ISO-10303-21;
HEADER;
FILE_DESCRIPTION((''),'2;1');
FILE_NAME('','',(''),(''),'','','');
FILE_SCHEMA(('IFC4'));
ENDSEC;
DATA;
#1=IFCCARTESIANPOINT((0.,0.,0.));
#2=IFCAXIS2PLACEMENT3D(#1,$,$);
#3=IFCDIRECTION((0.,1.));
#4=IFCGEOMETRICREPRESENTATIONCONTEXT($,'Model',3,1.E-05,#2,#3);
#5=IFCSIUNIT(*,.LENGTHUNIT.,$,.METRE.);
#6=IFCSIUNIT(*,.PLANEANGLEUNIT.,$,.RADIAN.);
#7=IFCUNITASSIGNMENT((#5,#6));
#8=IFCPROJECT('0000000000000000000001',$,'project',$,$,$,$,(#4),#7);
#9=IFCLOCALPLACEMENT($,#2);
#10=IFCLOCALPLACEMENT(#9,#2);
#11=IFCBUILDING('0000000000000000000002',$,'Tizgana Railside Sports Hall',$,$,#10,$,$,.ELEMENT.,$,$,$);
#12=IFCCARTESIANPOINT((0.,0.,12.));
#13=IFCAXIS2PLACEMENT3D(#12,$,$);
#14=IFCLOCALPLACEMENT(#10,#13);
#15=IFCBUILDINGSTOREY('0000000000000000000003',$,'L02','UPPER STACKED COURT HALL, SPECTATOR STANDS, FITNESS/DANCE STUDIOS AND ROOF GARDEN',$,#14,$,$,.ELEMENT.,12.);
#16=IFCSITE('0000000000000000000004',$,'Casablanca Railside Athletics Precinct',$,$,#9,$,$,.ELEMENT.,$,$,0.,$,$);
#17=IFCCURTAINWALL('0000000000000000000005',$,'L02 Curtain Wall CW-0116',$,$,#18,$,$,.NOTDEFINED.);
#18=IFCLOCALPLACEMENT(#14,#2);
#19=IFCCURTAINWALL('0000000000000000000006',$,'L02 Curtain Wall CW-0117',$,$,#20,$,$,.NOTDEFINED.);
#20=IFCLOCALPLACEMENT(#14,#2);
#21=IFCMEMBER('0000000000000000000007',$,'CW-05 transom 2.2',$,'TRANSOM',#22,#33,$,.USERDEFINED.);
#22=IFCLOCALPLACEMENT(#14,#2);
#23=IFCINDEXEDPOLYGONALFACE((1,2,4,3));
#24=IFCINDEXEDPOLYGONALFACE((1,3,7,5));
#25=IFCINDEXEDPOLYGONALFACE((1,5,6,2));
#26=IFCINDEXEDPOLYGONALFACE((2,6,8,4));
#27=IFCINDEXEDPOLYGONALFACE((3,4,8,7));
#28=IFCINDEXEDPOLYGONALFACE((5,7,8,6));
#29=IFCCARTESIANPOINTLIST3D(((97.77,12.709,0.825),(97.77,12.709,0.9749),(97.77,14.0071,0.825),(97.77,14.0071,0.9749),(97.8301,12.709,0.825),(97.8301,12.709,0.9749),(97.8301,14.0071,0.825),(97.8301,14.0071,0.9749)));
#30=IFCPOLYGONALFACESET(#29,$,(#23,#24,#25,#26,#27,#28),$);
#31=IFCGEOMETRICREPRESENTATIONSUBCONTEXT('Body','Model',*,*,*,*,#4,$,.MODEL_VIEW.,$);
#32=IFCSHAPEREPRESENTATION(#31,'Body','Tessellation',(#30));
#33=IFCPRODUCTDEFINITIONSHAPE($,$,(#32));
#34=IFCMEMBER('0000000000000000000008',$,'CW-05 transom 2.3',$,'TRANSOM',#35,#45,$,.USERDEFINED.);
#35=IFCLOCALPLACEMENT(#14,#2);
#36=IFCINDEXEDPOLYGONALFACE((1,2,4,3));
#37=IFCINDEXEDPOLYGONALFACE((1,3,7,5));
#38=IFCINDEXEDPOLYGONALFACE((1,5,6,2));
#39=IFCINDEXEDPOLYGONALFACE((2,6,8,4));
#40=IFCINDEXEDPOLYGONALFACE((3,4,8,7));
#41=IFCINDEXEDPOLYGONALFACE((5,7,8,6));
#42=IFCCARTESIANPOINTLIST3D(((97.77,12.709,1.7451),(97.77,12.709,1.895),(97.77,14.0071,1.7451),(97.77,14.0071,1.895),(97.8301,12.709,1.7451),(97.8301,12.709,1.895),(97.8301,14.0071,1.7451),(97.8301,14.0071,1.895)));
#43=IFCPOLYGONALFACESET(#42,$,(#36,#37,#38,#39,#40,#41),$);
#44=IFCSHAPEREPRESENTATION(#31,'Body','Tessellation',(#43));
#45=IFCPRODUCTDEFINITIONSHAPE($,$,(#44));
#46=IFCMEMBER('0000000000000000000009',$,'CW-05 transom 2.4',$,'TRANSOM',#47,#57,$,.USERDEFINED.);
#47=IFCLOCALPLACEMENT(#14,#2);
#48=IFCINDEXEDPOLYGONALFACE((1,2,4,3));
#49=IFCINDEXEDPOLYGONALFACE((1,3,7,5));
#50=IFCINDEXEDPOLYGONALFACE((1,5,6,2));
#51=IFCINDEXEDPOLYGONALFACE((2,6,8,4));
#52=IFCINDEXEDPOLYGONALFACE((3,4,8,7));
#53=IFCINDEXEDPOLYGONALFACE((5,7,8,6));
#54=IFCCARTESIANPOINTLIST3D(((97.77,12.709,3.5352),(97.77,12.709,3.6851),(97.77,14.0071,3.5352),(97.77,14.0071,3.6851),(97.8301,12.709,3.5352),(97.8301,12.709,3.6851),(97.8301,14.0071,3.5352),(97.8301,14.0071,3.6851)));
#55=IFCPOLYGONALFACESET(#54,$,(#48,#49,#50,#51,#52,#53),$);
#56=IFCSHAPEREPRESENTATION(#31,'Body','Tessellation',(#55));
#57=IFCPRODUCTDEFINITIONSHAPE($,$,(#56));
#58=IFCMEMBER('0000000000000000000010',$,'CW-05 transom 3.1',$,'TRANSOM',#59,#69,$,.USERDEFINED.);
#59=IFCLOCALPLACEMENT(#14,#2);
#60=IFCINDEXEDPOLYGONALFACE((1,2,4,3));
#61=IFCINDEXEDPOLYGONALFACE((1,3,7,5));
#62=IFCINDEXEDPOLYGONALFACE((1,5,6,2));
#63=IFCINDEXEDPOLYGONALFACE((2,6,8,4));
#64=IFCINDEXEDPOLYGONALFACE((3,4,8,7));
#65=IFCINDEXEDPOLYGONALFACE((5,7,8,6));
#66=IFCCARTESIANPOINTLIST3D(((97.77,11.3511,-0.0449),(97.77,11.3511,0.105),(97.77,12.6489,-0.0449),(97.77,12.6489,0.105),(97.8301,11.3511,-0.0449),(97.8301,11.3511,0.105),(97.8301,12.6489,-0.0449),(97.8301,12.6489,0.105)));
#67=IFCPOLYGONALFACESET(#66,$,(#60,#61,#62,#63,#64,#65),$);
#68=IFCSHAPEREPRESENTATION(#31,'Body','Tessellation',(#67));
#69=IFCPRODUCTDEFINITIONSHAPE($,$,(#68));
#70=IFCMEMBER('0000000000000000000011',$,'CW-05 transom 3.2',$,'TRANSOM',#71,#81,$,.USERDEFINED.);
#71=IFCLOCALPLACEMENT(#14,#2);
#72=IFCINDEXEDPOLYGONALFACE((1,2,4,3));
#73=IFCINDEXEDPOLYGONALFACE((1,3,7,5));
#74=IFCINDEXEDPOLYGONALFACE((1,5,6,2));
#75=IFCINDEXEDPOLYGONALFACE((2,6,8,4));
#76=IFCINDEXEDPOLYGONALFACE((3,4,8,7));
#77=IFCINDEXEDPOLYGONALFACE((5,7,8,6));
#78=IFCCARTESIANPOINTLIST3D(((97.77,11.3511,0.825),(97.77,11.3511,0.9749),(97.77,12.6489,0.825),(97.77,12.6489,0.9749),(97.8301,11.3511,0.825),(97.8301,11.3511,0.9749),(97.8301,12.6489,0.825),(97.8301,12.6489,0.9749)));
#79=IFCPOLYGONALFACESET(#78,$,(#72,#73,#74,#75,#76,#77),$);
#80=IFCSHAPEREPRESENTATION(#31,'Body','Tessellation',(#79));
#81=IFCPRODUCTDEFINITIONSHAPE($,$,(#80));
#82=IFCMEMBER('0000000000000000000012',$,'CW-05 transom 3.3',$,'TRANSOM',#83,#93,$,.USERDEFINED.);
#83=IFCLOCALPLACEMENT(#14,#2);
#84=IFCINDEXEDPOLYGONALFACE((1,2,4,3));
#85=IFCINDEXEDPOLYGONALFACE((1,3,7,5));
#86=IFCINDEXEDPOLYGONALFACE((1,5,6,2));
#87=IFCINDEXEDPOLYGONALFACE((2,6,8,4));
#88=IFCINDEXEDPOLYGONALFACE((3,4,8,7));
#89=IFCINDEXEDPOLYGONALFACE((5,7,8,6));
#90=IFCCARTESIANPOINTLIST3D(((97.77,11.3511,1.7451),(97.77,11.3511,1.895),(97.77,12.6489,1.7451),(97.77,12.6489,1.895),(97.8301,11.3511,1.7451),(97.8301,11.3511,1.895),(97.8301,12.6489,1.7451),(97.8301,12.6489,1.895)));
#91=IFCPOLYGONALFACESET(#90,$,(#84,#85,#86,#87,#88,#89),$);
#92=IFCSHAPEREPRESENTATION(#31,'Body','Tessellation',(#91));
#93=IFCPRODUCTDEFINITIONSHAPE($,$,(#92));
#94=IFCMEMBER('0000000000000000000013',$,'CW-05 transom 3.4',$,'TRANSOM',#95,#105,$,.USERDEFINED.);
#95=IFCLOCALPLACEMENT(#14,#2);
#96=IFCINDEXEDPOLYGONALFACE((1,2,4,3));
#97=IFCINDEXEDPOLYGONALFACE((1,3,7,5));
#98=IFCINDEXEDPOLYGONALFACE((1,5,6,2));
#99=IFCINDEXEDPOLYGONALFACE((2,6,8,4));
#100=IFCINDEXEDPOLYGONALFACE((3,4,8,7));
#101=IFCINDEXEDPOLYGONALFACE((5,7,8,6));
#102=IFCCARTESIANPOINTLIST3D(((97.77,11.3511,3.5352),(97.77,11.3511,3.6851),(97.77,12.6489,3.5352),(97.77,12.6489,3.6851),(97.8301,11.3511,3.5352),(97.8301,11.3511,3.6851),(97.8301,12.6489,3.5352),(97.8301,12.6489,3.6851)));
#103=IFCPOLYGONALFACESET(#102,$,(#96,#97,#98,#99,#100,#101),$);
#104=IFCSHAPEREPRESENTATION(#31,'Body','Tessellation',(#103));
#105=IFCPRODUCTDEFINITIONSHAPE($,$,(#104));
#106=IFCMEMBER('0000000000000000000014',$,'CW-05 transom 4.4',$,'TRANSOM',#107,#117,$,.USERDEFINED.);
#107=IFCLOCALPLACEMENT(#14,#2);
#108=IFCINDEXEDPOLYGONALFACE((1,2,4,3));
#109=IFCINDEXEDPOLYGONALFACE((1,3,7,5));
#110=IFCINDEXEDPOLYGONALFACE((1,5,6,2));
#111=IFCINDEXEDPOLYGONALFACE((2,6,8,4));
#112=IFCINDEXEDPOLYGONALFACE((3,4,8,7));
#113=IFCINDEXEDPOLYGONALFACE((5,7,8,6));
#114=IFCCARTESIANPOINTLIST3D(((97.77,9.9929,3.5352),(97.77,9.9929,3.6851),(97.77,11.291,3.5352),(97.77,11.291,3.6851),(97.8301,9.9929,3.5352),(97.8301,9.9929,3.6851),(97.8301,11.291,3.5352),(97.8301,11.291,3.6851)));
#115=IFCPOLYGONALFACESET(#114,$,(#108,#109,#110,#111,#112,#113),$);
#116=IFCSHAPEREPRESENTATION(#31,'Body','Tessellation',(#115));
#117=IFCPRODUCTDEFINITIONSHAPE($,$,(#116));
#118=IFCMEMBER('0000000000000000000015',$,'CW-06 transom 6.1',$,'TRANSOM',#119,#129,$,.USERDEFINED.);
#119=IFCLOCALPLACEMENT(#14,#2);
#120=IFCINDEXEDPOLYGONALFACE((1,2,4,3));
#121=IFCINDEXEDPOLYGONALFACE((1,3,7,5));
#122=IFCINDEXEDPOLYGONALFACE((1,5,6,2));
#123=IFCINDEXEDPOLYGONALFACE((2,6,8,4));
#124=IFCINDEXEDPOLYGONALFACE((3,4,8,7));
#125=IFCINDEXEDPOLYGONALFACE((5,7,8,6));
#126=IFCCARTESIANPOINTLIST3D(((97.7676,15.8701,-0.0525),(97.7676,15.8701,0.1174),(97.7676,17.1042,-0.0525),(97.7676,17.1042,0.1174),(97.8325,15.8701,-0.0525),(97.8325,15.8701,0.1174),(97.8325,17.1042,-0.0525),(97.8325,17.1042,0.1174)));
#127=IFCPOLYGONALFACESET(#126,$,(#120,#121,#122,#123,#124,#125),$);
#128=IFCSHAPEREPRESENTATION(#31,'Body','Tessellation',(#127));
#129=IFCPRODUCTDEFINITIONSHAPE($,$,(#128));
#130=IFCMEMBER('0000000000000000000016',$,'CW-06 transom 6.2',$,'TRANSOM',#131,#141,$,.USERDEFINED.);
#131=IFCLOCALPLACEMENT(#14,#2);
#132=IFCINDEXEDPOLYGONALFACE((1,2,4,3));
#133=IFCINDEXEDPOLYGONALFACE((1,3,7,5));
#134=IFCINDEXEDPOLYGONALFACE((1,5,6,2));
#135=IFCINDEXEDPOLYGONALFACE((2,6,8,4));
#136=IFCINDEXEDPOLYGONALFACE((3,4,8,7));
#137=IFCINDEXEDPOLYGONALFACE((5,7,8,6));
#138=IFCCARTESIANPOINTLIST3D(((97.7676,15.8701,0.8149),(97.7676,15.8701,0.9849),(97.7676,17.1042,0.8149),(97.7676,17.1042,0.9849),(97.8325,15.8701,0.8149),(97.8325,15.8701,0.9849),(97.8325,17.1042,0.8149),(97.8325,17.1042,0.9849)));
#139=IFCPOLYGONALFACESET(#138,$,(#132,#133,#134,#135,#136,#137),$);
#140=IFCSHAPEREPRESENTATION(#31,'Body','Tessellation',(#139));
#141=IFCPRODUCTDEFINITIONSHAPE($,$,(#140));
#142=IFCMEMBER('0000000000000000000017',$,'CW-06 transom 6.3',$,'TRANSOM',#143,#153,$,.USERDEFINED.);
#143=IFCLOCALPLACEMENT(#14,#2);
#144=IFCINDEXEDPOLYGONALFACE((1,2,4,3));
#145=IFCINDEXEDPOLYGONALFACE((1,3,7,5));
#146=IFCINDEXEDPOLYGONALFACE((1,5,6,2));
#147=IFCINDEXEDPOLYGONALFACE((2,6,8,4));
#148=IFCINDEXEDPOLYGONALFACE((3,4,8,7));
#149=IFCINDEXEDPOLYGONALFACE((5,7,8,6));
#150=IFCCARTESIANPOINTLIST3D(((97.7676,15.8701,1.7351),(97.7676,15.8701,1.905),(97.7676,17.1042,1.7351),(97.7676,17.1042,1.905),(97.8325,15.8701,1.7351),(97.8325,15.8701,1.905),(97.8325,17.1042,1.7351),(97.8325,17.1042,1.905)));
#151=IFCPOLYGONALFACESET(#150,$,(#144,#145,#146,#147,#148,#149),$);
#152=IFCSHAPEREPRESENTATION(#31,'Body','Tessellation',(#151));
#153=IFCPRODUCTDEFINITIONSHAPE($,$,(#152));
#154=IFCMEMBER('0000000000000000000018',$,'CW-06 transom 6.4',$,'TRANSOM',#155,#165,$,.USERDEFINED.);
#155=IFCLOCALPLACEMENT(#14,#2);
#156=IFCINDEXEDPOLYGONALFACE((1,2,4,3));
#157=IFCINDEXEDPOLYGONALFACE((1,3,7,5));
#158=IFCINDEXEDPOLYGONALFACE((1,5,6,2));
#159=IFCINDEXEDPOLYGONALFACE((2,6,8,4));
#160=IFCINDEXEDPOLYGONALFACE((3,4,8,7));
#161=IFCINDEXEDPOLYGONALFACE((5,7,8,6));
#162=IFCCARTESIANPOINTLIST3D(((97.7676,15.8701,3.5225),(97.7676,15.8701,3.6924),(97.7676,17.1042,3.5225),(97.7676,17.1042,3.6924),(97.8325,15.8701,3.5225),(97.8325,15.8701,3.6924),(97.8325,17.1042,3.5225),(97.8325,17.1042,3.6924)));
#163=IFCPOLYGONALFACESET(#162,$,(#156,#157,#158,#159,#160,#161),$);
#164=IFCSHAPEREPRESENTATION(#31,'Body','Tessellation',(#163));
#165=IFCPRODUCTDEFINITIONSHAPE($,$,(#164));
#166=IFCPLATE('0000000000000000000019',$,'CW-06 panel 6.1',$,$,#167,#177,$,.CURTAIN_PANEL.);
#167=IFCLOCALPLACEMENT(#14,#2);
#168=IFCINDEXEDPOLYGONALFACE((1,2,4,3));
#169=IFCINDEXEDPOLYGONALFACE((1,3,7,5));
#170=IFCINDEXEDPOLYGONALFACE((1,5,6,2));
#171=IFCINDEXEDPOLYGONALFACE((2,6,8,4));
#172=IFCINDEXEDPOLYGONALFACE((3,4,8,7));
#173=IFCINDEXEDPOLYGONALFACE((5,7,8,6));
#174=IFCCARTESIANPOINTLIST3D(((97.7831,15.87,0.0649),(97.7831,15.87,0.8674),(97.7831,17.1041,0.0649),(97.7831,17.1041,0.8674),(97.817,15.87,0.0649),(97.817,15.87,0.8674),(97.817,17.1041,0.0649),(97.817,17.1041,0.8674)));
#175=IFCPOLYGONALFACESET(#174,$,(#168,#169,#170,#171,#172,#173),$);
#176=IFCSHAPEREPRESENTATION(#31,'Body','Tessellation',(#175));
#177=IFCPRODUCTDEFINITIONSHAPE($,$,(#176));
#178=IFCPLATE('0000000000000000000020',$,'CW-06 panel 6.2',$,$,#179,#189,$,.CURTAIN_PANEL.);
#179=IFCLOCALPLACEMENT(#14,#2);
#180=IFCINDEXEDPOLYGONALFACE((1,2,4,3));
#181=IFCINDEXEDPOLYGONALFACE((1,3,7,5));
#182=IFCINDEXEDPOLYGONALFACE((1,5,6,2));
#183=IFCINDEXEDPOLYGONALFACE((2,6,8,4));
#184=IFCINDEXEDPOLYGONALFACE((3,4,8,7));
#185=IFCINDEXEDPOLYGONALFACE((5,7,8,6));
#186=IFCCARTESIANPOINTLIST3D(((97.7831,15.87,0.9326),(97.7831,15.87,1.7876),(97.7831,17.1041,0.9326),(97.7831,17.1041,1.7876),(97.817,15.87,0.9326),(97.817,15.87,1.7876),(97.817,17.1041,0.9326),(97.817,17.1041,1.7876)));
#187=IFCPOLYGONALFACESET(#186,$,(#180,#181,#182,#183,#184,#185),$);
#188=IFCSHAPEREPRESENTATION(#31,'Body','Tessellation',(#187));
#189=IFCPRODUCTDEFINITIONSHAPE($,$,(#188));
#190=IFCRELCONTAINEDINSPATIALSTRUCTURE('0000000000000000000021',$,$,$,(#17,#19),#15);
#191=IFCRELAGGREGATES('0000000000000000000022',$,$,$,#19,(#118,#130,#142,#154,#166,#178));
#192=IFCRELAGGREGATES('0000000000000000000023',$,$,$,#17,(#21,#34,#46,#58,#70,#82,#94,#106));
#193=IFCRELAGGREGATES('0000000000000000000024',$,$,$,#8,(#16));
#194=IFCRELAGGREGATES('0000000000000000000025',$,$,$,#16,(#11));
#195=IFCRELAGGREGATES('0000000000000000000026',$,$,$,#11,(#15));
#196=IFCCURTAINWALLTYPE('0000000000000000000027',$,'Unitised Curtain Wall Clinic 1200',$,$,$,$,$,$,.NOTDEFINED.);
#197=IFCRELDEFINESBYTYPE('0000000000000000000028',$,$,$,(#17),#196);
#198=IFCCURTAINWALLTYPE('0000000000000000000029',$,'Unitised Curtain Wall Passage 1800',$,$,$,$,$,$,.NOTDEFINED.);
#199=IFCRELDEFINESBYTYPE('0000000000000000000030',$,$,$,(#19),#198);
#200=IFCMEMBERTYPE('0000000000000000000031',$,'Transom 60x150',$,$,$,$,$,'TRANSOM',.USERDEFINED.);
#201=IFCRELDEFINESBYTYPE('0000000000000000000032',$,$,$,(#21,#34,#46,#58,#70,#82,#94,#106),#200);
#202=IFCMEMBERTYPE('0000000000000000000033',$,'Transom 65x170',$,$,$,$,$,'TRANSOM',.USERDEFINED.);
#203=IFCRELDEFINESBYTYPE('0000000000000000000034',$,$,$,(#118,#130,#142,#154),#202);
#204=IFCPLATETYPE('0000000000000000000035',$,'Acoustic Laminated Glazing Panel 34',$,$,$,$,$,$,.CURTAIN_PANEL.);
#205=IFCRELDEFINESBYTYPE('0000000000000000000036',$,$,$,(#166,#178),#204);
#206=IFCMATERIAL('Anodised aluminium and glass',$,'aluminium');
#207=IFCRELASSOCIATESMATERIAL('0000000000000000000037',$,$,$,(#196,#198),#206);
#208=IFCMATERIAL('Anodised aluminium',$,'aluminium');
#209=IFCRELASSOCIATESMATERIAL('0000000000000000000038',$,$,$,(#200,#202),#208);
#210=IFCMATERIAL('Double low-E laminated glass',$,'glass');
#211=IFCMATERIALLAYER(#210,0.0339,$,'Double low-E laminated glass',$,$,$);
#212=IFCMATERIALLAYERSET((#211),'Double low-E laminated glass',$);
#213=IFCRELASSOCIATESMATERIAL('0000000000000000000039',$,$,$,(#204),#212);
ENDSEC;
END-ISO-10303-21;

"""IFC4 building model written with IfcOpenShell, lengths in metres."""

from ifc_helpers import new_model, si_unit, direction, frame, origin, origin_2d, place, context, subcontext, project, spatial, rectangle, extrude, material, layer, layer_set, material_profile, profile_set, type_object, element, aggregate, save


model = new_model("IFC4")

# Units and contexts
model_context = context("Model", 3, precision=1e-05, world=origin(), true_north=direction((0.0, 1.0)))
body_context = subcontext(model_context, "Body", "Model", "MODEL_VIEW")
ifc_project = project(units=[si_unit("LENGTHUNIT", "METRE"), si_unit("PLANEANGLEUNIT", "RADIAN")], contexts=[model_context])

# Site, building, storey
site_placement = place(None, origin())
site = spatial("IfcSite", under=ifc_project, at=site_placement, Name="Casablanca Railside Athletics Precinct", CompositionType="ELEMENT", RefElevation=0.0)
building_placement = place(site_placement, origin())
building = spatial("IfcBuilding", under=site, at=building_placement, Name="Tizgana Railside Sports Hall", CompositionType="ELEMENT")
storey_placement = place(building_placement, frame((0.0, 0.0, 12.0)))
storey = spatial("IfcBuildingStorey", under=building, at=storey_placement, Name="L02", Description="UPPER STACKED COURT HALL, SPECTATOR STANDS, FITNESS/DANCE STUDIOS AND ROOF GARDEN", CompositionType="ELEMENT", Elevation=12.0)

# Curtain wall
ifc_material_1 = material(Name="Anodised aluminium and glass", Category="aluminium")
curtain_wall_type_1 = type_object("IfcCurtainWallType", Name="Unitised Curtain Wall Clinic 1200", PredefinedType="NOTDEFINED", material=ifc_material_1)
curtain_wall_1_placement = place(storey_placement, origin())
curtain_wall_1 = element("IfcCurtainWall", 1, at=curtain_wall_1_placement, inside=storey, type_object=curtain_wall_type_1, Name="L02 Curtain Wall CW-0116", PredefinedType="NOTDEFINED")
ifc_material_2 = material(Name="Anodised aluminium", Category="aluminium")

# Curtain wall
curtain_wall_type_2 = type_object("IfcCurtainWallType", Name="Unitised Curtain Wall Passage 1800", PredefinedType="NOTDEFINED", material=ifc_material_1)
curtain_wall_2_placement = place(storey_placement, origin())
curtain_wall_2 = element("IfcCurtainWall", 2, at=curtain_wall_2_placement, inside=storey, type_object=curtain_wall_type_2, Name="L02 Curtain Wall CW-0117", PredefinedType="NOTDEFINED")

# Members
ifc_material_profile_1 = material_profile(ifc_material_2, rectangle(XDim=0.0601, YDim=0.1499, at=origin_2d()), Name="Transom 60x150")
ifc_profile_set_1 = profile_set([ifc_material_profile_1], Name="Anodised aluminium")
member_type_1 = type_object("IfcMemberType", Name="Transom 60x150", ElementType="TRANSOM", PredefinedType="USERDEFINED", material=ifc_profile_set_1)
member_1_placement = place(storey_placement, frame((97.8, 14.0071, 0.8999), z_axis=(0.0, -1.0, 0.0), x_axis=(1.0, 0.0, 0.0)))
member_1 = element("IfcMember", 3, at=member_1_placement, type_object=member_type_1, Name="CW-05 transom 2.2", ObjectType="TRANSOM", PredefinedType="USERDEFINED", context=body_context, shape_type="SweptSolid", body=[
    extrude(rectangle(XDim=0.0601, YDim=0.1499, at=origin_2d()), origin(), (0.0, 0.0, 1.0), 1.2981),
])
member_2_placement = place(storey_placement, frame((97.8, 14.0071, 1.8201), z_axis=(0.0, -1.0, 0.0), x_axis=(1.0, 0.0, 0.0)))
member_2 = element("IfcMember", 4, at=member_2_placement, type_object=member_type_1, Name="CW-05 transom 2.3", ObjectType="TRANSOM", PredefinedType="USERDEFINED", context=body_context, shape_type="SweptSolid", body=[
    extrude(rectangle(XDim=0.0601, YDim=0.1499, at=origin_2d()), origin(), (0.0, 0.0, 1.0), 1.2981),
])
member_3_placement = place(storey_placement, frame((97.8, 14.0071, 3.6101), z_axis=(0.0, -1.0, 0.0), x_axis=(1.0, 0.0, 0.0)))
member_3 = element("IfcMember", 5, at=member_3_placement, type_object=member_type_1, Name="CW-05 transom 2.4", ObjectType="TRANSOM", PredefinedType="USERDEFINED", context=body_context, shape_type="SweptSolid", body=[
    extrude(rectangle(XDim=0.0601, YDim=0.1499, at=origin_2d()), origin(), (0.0, 0.0, 1.0), 1.2981),
])
member_4_placement = place(storey_placement, frame((97.8, 12.6489, 0.03), z_axis=(0.0, -1.0, 0.0), x_axis=(1.0, 0.0, 0.0)))
member_4 = element("IfcMember", 6, at=member_4_placement, type_object=member_type_1, Name="CW-05 transom 3.1", ObjectType="TRANSOM", PredefinedType="USERDEFINED", context=body_context, shape_type="SweptSolid", body=[
    extrude(rectangle(XDim=0.0601, YDim=0.1499, at=origin_2d()), origin(), (0.0, 0.0, 1.0), 1.2979),
])
member_5_placement = place(storey_placement, frame((97.8, 12.6489, 0.8999), z_axis=(0.0, -1.0, 0.0), x_axis=(1.0, 0.0, 0.0)))
member_5 = element("IfcMember", 7, at=member_5_placement, type_object=member_type_1, Name="CW-05 transom 3.2", ObjectType="TRANSOM", PredefinedType="USERDEFINED", context=body_context, shape_type="SweptSolid", body=[
    extrude(rectangle(XDim=0.0601, YDim=0.1499, at=origin_2d()), origin(), (0.0, 0.0, 1.0), 1.2979),
])
member_6_placement = place(storey_placement, frame((97.8, 12.6489, 1.8201), z_axis=(0.0, -1.0, 0.0), x_axis=(1.0, 0.0, 0.0)))
member_6 = element("IfcMember", 8, at=member_6_placement, type_object=member_type_1, Name="CW-05 transom 3.3", ObjectType="TRANSOM", PredefinedType="USERDEFINED", context=body_context, shape_type="SweptSolid", body=[
    extrude(rectangle(XDim=0.0601, YDim=0.1499, at=origin_2d()), origin(), (0.0, 0.0, 1.0), 1.2979),
])
member_7_placement = place(storey_placement, frame((97.8, 12.6489, 3.6101), z_axis=(0.0, -1.0, 0.0), x_axis=(1.0, 0.0, 0.0)))
member_7 = element("IfcMember", 9, at=member_7_placement, type_object=member_type_1, Name="CW-05 transom 3.4", ObjectType="TRANSOM", PredefinedType="USERDEFINED", context=body_context, shape_type="SweptSolid", body=[
    extrude(rectangle(XDim=0.0601, YDim=0.1499, at=origin_2d()), origin(), (0.0, 0.0, 1.0), 1.2979),
])
member_8_placement = place(storey_placement, frame((97.8, 11.291, 3.6101), z_axis=(0.0, -1.0, 0.0), x_axis=(1.0, 0.0, 0.0)))
member_8 = element("IfcMember", 10, at=member_8_placement, type_object=member_type_1, Name="CW-05 transom 4.4", ObjectType="TRANSOM", PredefinedType="USERDEFINED", context=body_context, shape_type="SweptSolid", body=[
    extrude(rectangle(XDim=0.0601, YDim=0.1499, at=origin_2d()), origin(), (0.0, 0.0, 1.0), 1.2981),
])
ifc_material_profile_2 = material_profile(ifc_material_2, rectangle(XDim=0.0649, YDim=0.1699, at=origin_2d()), Name="Transom 65x170")
ifc_profile_set_2 = profile_set([ifc_material_profile_2], Name="Anodised aluminium")
member_type_2 = type_object("IfcMemberType", Name="Transom 65x170", ElementType="TRANSOM", PredefinedType="USERDEFINED", material=ifc_profile_set_2)
member_9_placement = place(storey_placement, frame((97.8, 17.1042, 0.0325), z_axis=(0.0, -1.0, 0.0), x_axis=(1.0, 0.0, 0.0)))
member_9 = element("IfcMember", 11, at=member_9_placement, type_object=member_type_2, Name="CW-06 transom 6.1", ObjectType="TRANSOM", PredefinedType="USERDEFINED", context=body_context, shape_type="SweptSolid", body=[
    extrude(rectangle(XDim=0.0649, YDim=0.1699, at=origin_2d()), origin(), (0.0, 0.0, 1.0), 1.2341),
])
member_10_placement = place(storey_placement, frame((97.8, 17.1042, 0.8999), z_axis=(0.0, -1.0, 0.0), x_axis=(1.0, 0.0, 0.0)))
member_10 = element("IfcMember", 12, at=member_10_placement, type_object=member_type_2, Name="CW-06 transom 6.2", ObjectType="TRANSOM", PredefinedType="USERDEFINED", context=body_context, shape_type="SweptSolid", body=[
    extrude(rectangle(XDim=0.0649, YDim=0.1699, at=origin_2d()), origin(), (0.0, 0.0, 1.0), 1.2341),
])
member_11_placement = place(storey_placement, frame((97.8, 17.1042, 1.8201), z_axis=(0.0, -1.0, 0.0), x_axis=(1.0, 0.0, 0.0)))
member_11 = element("IfcMember", 13, at=member_11_placement, type_object=member_type_2, Name="CW-06 transom 6.3", ObjectType="TRANSOM", PredefinedType="USERDEFINED", context=body_context, shape_type="SweptSolid", body=[
    extrude(rectangle(XDim=0.0649, YDim=0.1699, at=origin_2d()), origin(), (0.0, 0.0, 1.0), 1.2341),
])
member_12_placement = place(storey_placement, frame((97.8, 17.1042, 3.6074), z_axis=(0.0, -1.0, 0.0), x_axis=(1.0, 0.0, 0.0)))
member_12 = element("IfcMember", 14, at=member_12_placement, type_object=member_type_2, Name="CW-06 transom 6.4", ObjectType="TRANSOM", PredefinedType="USERDEFINED", context=body_context, shape_type="SweptSolid", body=[
    extrude(rectangle(XDim=0.0649, YDim=0.1699, at=origin_2d()), origin(), (0.0, 0.0, 1.0), 1.2341),
])

# Plates
ifc_material_3 = material(Name="Double low-E laminated glass", Category="glass")
ifc_layer_1 = layer(ifc_material_3, 0.0339, Name="Double low-E laminated glass")
ifc_layer_set_1 = layer_set([ifc_layer_1], Name="Double low-E laminated glass")
plate_type_1 = type_object("IfcPlateType", Name="Acoustic Laminated Glazing Panel 34", PredefinedType="CURTAIN_PANEL", material=ifc_layer_set_1)
plate_1_placement = place(storey_placement, frame((97.8, 16.4871, 0.0649), z_axis=(0.0, 0.0, 1.0), x_axis=(0.0, -1.0, 0.0)))
plate_1 = element("IfcPlate", 15, at=plate_1_placement, type_object=plate_type_1, Name="CW-06 panel 6.1", PredefinedType="CURTAIN_PANEL", context=body_context, shape_type="SweptSolid", body=[
    extrude(rectangle(XDim=1.2341, YDim=0.0339, at=origin_2d()), origin(), (0.0, 0.0, 1.0), 0.8025),
])
plate_2_placement = place(storey_placement, frame((97.8, 16.4871, 0.9326), z_axis=(0.0, 0.0, 1.0), x_axis=(0.0, -1.0, 0.0)))
plate_2 = element("IfcPlate", 16, at=plate_2_placement, type_object=plate_type_1, Name="CW-06 panel 6.2", PredefinedType="CURTAIN_PANEL", context=body_context, shape_type="SweptSolid", body=[
    extrude(rectangle(XDim=1.2341, YDim=0.0339, at=origin_2d()), origin(), (0.0, 0.0, 1.0), 0.855),
])
aggregate(curtain_wall_2, [member_9, member_10, member_11, member_12, plate_1, plate_2])
aggregate(curtain_wall_1, [member_1, member_2, member_3, member_4, member_5, member_6, member_7, member_8])

save(model, "model.ifc")
